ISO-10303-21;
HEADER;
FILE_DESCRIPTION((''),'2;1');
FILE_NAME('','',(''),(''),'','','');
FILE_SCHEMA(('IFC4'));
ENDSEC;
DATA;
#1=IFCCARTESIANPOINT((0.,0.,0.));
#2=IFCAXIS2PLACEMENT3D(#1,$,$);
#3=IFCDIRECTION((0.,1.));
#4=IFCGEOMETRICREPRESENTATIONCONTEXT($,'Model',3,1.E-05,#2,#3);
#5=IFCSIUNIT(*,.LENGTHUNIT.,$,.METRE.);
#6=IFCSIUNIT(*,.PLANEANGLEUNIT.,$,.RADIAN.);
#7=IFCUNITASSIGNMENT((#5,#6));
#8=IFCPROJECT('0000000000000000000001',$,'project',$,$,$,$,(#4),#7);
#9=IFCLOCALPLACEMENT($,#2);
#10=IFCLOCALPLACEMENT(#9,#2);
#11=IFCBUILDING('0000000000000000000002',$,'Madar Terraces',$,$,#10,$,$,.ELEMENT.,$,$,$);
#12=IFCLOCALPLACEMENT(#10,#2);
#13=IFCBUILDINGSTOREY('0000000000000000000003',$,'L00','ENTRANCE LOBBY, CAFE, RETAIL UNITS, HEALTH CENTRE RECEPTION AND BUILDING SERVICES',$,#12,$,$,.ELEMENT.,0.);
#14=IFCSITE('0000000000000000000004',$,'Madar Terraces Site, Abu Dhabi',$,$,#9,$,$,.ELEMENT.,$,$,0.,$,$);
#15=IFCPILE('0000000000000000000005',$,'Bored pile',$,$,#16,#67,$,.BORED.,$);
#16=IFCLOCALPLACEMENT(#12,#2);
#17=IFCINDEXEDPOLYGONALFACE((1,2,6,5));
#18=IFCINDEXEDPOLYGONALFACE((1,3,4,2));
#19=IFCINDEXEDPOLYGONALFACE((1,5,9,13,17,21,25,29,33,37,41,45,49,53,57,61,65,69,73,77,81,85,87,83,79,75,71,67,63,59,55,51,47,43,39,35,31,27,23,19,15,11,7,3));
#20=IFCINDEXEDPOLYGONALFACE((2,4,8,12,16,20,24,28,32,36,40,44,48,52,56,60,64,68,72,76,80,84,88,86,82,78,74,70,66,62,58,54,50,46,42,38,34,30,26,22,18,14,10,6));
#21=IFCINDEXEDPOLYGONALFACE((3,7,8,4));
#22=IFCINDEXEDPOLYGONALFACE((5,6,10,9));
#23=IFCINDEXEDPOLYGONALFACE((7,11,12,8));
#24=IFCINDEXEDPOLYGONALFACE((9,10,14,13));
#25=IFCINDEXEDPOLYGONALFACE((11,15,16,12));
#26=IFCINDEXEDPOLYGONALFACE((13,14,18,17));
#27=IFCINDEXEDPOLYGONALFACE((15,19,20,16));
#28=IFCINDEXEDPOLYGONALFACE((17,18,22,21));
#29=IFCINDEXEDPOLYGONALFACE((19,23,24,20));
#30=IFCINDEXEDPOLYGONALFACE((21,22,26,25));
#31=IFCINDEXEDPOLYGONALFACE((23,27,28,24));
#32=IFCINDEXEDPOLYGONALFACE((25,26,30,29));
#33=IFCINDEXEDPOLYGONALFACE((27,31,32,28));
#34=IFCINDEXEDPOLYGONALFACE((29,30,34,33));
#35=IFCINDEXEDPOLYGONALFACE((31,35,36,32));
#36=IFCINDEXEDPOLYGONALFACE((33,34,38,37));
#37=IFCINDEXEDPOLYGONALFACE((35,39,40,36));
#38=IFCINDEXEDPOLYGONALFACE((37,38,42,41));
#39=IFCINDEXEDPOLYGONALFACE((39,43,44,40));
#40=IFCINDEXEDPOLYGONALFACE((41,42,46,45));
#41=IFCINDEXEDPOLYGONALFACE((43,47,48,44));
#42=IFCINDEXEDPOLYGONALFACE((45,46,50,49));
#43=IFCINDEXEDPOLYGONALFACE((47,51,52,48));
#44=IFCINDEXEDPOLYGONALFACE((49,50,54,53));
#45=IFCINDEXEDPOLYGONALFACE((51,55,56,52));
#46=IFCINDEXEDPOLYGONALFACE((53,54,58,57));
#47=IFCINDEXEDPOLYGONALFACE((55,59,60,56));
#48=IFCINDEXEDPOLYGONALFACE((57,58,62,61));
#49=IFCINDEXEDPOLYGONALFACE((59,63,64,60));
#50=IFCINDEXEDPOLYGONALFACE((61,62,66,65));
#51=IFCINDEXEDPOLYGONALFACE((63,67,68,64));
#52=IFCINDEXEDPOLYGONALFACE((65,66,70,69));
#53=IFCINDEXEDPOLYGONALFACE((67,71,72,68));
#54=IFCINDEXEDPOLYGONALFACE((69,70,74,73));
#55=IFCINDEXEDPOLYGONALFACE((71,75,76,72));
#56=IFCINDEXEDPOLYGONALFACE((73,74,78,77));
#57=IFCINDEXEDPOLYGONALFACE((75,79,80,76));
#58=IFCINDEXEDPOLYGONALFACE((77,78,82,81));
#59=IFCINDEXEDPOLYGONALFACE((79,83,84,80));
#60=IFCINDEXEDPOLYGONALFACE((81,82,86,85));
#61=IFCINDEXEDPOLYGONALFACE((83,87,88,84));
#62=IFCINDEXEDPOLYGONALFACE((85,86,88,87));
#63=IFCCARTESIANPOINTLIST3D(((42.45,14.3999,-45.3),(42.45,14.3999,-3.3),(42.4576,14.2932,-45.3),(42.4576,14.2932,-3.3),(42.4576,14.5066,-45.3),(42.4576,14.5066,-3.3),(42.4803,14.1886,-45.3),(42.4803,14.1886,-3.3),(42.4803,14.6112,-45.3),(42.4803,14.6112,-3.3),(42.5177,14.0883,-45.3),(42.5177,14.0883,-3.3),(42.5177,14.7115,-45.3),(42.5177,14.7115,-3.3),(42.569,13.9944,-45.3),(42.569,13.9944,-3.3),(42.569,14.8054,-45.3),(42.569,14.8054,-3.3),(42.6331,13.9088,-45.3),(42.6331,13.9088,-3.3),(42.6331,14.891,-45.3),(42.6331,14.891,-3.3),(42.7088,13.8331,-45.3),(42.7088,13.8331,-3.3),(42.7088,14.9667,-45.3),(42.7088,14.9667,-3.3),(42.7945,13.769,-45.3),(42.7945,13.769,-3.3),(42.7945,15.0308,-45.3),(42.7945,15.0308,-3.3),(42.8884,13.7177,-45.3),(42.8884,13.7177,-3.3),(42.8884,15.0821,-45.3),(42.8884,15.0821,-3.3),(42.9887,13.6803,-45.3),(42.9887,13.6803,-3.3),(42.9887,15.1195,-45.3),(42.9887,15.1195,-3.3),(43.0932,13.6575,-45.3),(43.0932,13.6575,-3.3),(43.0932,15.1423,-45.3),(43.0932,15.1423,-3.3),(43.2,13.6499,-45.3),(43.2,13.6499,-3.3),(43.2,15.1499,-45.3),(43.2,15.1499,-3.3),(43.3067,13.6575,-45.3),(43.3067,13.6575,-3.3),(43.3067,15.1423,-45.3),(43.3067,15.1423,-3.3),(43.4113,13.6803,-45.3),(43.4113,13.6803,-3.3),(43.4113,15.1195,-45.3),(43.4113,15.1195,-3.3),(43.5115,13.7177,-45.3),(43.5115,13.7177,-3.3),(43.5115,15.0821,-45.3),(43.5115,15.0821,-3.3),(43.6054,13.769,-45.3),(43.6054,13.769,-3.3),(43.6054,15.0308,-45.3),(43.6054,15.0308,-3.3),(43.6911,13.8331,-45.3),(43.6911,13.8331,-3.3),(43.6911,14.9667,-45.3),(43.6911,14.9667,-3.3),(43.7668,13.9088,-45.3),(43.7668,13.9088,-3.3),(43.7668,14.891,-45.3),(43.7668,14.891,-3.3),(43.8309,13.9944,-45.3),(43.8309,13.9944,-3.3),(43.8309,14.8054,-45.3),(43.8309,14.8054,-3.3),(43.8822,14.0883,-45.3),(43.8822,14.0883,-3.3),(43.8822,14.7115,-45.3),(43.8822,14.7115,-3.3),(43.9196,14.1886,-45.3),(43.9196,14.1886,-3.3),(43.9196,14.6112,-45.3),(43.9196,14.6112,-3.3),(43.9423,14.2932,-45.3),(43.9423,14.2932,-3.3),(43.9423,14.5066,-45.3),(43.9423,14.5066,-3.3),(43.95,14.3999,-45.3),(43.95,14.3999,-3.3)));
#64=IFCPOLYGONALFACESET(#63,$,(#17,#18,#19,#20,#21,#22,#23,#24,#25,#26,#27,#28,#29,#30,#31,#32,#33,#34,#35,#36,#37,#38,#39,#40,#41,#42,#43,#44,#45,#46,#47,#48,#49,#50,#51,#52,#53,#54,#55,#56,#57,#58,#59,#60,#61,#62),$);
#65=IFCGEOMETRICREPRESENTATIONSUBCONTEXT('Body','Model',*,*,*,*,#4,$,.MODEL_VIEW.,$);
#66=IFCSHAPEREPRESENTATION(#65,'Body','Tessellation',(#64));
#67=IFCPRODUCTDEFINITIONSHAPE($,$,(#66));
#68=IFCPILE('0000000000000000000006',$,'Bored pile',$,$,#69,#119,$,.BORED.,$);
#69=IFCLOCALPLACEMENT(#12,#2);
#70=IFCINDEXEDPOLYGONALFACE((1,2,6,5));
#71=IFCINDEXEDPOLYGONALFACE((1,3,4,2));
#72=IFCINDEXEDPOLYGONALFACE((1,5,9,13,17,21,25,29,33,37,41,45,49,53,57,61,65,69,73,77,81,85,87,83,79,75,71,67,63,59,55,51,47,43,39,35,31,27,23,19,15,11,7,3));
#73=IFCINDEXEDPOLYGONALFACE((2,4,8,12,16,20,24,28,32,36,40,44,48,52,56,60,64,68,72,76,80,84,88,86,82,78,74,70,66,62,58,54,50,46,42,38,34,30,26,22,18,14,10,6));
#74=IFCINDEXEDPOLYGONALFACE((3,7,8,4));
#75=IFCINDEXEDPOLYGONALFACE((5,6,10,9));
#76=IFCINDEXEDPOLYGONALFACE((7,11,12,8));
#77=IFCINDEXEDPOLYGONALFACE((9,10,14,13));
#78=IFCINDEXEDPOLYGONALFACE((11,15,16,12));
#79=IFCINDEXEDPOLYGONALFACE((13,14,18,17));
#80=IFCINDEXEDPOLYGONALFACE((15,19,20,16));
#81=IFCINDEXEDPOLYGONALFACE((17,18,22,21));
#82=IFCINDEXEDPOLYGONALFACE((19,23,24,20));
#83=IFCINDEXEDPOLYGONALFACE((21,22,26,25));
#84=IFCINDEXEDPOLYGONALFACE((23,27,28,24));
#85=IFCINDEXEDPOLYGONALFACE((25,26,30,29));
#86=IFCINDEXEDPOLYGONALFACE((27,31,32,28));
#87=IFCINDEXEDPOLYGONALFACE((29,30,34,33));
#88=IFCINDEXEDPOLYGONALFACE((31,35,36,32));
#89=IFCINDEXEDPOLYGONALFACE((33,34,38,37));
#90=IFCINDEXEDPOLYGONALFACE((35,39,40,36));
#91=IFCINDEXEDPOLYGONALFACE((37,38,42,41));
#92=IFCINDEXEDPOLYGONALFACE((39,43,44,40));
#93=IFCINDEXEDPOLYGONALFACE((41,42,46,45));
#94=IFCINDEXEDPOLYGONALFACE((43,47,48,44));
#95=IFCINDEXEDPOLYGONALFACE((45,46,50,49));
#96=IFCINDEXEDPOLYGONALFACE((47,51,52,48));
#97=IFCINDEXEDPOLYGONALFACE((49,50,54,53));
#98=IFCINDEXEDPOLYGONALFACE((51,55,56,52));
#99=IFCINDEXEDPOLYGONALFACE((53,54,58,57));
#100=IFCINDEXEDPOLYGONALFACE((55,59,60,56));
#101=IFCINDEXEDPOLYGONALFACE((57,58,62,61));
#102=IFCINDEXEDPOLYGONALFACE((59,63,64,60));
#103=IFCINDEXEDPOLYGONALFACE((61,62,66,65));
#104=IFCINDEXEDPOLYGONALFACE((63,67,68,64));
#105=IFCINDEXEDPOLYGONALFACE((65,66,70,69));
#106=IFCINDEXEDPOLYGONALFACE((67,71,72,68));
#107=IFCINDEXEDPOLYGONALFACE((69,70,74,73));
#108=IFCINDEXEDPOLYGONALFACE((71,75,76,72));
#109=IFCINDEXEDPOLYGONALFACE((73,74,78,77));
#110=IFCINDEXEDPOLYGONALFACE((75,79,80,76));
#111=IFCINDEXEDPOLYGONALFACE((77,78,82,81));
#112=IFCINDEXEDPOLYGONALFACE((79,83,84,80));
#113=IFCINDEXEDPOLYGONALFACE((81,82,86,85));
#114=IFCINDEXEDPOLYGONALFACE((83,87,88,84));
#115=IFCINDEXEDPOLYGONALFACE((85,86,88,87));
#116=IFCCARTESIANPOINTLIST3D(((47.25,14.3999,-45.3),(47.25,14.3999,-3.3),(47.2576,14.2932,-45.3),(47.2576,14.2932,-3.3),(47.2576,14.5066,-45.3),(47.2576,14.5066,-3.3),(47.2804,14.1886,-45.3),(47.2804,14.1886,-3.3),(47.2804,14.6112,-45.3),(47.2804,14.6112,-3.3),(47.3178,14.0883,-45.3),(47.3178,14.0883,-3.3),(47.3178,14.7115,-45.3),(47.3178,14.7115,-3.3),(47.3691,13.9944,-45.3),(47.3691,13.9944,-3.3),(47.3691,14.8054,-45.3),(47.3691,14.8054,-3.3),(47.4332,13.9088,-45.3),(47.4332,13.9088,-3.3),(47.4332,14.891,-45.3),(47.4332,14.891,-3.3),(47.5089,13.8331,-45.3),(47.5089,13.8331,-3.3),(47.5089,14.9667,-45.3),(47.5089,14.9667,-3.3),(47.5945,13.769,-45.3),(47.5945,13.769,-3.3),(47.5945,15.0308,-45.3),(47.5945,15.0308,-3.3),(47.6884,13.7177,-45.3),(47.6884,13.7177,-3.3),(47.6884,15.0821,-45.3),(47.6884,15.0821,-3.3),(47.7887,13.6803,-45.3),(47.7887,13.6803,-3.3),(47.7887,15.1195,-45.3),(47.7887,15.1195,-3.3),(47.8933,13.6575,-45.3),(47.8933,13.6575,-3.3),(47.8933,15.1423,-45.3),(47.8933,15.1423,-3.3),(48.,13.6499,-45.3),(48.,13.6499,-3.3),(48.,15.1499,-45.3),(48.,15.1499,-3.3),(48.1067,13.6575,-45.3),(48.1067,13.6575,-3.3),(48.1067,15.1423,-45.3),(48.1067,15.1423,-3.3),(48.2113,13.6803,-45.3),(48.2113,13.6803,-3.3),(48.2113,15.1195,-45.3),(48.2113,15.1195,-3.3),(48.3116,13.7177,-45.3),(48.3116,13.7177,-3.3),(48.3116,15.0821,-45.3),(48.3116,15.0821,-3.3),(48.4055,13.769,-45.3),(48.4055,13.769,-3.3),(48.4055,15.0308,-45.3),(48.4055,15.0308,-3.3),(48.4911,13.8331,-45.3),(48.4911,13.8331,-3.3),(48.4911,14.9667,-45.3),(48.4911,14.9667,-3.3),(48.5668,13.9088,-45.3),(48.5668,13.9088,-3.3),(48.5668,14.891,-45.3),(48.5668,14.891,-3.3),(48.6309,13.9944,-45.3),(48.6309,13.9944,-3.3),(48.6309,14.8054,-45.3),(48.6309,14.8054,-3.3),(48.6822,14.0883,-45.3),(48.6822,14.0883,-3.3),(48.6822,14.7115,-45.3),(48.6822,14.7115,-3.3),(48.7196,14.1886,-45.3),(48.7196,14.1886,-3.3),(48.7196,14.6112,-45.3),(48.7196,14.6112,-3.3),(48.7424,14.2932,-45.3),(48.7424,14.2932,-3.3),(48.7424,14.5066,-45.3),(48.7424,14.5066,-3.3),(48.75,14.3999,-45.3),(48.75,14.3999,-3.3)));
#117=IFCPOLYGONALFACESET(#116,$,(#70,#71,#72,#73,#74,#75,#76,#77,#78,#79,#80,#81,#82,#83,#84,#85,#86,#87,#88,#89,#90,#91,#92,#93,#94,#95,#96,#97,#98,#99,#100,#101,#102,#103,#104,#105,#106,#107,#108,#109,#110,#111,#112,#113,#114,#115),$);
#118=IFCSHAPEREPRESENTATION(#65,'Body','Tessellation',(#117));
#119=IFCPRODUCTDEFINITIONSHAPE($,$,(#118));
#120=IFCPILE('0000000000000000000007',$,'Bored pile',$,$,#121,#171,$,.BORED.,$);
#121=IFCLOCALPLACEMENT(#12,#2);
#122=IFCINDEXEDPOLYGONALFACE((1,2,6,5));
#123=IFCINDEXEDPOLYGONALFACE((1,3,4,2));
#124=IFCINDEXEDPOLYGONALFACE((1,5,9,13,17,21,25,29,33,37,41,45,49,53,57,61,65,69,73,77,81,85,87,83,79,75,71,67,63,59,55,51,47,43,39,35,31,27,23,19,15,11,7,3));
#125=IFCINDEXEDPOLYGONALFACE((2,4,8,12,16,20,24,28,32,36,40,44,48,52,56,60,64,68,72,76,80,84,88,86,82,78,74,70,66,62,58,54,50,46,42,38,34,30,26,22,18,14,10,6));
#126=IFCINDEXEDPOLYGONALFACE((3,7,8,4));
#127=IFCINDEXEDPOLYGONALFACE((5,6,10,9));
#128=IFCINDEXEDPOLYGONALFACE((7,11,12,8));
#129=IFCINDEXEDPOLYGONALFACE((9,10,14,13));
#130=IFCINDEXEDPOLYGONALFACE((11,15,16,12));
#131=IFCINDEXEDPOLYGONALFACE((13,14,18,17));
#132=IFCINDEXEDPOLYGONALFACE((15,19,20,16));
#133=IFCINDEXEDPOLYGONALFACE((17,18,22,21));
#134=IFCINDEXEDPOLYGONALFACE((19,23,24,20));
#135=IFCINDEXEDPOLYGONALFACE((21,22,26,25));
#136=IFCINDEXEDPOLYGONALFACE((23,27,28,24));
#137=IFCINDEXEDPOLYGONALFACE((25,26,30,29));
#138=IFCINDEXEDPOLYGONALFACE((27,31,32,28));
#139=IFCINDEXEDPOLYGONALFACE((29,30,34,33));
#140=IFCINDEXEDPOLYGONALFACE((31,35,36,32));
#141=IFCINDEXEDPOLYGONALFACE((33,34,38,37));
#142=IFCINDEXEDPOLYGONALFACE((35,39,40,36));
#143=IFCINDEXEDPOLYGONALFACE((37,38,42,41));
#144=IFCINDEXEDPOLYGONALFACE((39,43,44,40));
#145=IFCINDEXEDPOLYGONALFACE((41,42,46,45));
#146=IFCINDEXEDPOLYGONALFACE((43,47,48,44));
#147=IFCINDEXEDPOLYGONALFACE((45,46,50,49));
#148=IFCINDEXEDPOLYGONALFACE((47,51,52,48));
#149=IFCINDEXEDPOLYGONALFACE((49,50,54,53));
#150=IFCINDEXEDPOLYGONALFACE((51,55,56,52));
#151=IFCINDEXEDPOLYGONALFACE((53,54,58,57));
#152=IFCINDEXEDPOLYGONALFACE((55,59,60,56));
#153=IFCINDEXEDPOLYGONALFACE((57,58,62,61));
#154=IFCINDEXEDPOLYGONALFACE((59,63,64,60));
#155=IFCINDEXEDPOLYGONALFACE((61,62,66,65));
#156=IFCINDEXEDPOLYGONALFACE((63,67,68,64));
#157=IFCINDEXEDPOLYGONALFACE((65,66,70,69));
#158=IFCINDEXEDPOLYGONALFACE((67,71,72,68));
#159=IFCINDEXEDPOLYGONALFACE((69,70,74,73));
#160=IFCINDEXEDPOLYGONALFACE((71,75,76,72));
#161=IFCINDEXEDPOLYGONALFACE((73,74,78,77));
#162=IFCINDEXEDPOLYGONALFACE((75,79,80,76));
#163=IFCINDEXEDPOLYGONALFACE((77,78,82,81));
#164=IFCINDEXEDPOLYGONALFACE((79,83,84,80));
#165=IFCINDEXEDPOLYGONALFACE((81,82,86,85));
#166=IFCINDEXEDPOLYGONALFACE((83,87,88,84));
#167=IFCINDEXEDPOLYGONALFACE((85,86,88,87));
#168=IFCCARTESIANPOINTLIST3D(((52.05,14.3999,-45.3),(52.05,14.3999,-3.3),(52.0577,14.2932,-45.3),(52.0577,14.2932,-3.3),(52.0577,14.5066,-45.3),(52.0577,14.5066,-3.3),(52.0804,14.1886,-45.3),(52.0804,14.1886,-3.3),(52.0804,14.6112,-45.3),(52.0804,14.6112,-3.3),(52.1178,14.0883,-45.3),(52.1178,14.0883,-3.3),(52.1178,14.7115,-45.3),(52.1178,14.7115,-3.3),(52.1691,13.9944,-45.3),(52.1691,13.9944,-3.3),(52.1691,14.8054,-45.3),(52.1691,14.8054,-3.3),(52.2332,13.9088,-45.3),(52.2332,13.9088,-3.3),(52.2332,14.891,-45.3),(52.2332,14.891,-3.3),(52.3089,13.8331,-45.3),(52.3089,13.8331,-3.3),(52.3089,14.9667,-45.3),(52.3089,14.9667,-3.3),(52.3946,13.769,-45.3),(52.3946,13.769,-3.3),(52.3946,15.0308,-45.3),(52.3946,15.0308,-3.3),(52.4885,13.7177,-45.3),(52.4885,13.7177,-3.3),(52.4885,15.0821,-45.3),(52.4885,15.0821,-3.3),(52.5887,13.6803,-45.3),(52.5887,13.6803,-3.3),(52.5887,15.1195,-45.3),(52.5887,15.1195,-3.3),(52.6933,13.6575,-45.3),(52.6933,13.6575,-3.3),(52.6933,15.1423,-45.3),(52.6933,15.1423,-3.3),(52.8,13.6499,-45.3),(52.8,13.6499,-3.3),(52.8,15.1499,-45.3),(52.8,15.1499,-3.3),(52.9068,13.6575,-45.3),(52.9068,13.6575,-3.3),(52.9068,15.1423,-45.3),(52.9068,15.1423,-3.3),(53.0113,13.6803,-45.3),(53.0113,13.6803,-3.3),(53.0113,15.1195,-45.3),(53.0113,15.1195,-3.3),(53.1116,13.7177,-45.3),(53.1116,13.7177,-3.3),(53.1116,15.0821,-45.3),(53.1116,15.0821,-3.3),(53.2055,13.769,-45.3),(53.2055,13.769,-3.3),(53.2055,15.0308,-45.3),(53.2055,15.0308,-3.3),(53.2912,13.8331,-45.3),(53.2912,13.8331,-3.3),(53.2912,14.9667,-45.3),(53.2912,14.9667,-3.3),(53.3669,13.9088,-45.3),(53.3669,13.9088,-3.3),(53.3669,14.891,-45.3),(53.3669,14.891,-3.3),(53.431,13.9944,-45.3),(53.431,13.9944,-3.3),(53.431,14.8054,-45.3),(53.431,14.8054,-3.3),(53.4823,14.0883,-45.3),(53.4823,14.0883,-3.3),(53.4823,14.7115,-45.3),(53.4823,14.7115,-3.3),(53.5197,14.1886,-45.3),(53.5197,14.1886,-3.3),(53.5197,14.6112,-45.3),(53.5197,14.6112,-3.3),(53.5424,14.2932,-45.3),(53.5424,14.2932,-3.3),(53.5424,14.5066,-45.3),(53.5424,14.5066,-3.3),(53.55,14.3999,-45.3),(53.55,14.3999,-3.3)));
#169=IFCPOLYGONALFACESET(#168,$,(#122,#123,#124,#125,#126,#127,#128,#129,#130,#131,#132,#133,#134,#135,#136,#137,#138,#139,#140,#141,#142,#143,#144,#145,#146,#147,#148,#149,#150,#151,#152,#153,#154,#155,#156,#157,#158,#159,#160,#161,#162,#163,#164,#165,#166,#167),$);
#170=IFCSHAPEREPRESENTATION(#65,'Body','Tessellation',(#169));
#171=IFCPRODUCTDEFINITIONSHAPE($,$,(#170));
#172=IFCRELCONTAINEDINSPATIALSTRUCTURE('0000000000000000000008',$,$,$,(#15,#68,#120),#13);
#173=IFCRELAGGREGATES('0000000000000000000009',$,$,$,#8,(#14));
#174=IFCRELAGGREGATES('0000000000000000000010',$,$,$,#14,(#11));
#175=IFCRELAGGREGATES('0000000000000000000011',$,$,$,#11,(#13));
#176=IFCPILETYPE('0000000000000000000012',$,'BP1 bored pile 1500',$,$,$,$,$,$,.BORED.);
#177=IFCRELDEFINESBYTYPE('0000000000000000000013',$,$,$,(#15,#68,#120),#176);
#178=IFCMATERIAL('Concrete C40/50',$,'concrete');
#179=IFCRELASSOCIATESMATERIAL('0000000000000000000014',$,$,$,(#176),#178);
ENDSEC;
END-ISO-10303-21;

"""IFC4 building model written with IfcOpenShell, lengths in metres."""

from ifc_helpers import new_model, si_unit, direction, frame, origin, origin_2d, place, context, subcontext, project, spatial, circle, extrude, material, material_profile, profile_set, type_object, element, save


model = new_model("IFC4")

# Units and contexts
model_context = context("Model", 3, precision=1e-05, world=origin(), true_north=direction((0.0, 1.0)))
body_context = subcontext(model_context, "Body", "Model", "MODEL_VIEW")
ifc_project = project(units=[si_unit("LENGTHUNIT", "METRE"), si_unit("PLANEANGLEUNIT", "RADIAN")], contexts=[model_context])

# Site, building, storey
site_placement = place(None, origin())
site = spatial("IfcSite", under=ifc_project, at=site_placement, Name="Madar Terraces Site, Abu Dhabi", CompositionType="ELEMENT", RefElevation=0.0)
building_placement = place(site_placement, origin())
building = spatial("IfcBuilding", under=site, at=building_placement, Name="Madar Terraces", CompositionType="ELEMENT")
storey_placement = place(building_placement, origin())
storey = spatial("IfcBuildingStorey", under=building, at=storey_placement, Name="L00", Description="ENTRANCE LOBBY, CAFE, RETAIL UNITS, HEALTH CENTRE RECEPTION AND BUILDING SERVICES", CompositionType="ELEMENT", Elevation=0.0)

# Piles
ifc_material_1 = material(Name="Concrete C40/50", Category="concrete")
ifc_material_profile = material_profile(ifc_material_1, circle(Radius=0.75, at=origin_2d()), Name="BP1 bored pile 1500")
ifc_profile_set = profile_set([ifc_material_profile], Name="Concrete C40/50")
pile_type = type_object("IfcPileType", Name="BP1 bored pile 1500", PredefinedType="BORED", material=ifc_profile_set)
for number, where, z_axis, x_axis, name in (
    (1, (43.2, 14.3999, -3.3), (0.0, 0.0, -1.0), (1.0, 0.0, 0.0), "Bored pile"),
    (2, (48.0, 14.3999, -3.3), (0.0, 0.0, -1.0), (1.0, 0.0, 0.0), "Bored pile"),
    (3, (52.8, 14.3999, -3.3), (0.0, 0.0, -1.0), (1.0, 0.0, 0.0), "Bored pile"),
):
    element("IfcPile", number, at=place(storey_placement, frame(where, z_axis=z_axis, x_axis=x_axis)), inside=storey, type_object=pile_type, Name=name, PredefinedType="BORED", context=body_context, shape_type="SweptSolid", body=[
        extrude(circle(Radius=0.75, at=origin_2d()), origin(), (0.0, 0.0, 1.0), 42.0),
    ])

save(model, "model.ifc")
